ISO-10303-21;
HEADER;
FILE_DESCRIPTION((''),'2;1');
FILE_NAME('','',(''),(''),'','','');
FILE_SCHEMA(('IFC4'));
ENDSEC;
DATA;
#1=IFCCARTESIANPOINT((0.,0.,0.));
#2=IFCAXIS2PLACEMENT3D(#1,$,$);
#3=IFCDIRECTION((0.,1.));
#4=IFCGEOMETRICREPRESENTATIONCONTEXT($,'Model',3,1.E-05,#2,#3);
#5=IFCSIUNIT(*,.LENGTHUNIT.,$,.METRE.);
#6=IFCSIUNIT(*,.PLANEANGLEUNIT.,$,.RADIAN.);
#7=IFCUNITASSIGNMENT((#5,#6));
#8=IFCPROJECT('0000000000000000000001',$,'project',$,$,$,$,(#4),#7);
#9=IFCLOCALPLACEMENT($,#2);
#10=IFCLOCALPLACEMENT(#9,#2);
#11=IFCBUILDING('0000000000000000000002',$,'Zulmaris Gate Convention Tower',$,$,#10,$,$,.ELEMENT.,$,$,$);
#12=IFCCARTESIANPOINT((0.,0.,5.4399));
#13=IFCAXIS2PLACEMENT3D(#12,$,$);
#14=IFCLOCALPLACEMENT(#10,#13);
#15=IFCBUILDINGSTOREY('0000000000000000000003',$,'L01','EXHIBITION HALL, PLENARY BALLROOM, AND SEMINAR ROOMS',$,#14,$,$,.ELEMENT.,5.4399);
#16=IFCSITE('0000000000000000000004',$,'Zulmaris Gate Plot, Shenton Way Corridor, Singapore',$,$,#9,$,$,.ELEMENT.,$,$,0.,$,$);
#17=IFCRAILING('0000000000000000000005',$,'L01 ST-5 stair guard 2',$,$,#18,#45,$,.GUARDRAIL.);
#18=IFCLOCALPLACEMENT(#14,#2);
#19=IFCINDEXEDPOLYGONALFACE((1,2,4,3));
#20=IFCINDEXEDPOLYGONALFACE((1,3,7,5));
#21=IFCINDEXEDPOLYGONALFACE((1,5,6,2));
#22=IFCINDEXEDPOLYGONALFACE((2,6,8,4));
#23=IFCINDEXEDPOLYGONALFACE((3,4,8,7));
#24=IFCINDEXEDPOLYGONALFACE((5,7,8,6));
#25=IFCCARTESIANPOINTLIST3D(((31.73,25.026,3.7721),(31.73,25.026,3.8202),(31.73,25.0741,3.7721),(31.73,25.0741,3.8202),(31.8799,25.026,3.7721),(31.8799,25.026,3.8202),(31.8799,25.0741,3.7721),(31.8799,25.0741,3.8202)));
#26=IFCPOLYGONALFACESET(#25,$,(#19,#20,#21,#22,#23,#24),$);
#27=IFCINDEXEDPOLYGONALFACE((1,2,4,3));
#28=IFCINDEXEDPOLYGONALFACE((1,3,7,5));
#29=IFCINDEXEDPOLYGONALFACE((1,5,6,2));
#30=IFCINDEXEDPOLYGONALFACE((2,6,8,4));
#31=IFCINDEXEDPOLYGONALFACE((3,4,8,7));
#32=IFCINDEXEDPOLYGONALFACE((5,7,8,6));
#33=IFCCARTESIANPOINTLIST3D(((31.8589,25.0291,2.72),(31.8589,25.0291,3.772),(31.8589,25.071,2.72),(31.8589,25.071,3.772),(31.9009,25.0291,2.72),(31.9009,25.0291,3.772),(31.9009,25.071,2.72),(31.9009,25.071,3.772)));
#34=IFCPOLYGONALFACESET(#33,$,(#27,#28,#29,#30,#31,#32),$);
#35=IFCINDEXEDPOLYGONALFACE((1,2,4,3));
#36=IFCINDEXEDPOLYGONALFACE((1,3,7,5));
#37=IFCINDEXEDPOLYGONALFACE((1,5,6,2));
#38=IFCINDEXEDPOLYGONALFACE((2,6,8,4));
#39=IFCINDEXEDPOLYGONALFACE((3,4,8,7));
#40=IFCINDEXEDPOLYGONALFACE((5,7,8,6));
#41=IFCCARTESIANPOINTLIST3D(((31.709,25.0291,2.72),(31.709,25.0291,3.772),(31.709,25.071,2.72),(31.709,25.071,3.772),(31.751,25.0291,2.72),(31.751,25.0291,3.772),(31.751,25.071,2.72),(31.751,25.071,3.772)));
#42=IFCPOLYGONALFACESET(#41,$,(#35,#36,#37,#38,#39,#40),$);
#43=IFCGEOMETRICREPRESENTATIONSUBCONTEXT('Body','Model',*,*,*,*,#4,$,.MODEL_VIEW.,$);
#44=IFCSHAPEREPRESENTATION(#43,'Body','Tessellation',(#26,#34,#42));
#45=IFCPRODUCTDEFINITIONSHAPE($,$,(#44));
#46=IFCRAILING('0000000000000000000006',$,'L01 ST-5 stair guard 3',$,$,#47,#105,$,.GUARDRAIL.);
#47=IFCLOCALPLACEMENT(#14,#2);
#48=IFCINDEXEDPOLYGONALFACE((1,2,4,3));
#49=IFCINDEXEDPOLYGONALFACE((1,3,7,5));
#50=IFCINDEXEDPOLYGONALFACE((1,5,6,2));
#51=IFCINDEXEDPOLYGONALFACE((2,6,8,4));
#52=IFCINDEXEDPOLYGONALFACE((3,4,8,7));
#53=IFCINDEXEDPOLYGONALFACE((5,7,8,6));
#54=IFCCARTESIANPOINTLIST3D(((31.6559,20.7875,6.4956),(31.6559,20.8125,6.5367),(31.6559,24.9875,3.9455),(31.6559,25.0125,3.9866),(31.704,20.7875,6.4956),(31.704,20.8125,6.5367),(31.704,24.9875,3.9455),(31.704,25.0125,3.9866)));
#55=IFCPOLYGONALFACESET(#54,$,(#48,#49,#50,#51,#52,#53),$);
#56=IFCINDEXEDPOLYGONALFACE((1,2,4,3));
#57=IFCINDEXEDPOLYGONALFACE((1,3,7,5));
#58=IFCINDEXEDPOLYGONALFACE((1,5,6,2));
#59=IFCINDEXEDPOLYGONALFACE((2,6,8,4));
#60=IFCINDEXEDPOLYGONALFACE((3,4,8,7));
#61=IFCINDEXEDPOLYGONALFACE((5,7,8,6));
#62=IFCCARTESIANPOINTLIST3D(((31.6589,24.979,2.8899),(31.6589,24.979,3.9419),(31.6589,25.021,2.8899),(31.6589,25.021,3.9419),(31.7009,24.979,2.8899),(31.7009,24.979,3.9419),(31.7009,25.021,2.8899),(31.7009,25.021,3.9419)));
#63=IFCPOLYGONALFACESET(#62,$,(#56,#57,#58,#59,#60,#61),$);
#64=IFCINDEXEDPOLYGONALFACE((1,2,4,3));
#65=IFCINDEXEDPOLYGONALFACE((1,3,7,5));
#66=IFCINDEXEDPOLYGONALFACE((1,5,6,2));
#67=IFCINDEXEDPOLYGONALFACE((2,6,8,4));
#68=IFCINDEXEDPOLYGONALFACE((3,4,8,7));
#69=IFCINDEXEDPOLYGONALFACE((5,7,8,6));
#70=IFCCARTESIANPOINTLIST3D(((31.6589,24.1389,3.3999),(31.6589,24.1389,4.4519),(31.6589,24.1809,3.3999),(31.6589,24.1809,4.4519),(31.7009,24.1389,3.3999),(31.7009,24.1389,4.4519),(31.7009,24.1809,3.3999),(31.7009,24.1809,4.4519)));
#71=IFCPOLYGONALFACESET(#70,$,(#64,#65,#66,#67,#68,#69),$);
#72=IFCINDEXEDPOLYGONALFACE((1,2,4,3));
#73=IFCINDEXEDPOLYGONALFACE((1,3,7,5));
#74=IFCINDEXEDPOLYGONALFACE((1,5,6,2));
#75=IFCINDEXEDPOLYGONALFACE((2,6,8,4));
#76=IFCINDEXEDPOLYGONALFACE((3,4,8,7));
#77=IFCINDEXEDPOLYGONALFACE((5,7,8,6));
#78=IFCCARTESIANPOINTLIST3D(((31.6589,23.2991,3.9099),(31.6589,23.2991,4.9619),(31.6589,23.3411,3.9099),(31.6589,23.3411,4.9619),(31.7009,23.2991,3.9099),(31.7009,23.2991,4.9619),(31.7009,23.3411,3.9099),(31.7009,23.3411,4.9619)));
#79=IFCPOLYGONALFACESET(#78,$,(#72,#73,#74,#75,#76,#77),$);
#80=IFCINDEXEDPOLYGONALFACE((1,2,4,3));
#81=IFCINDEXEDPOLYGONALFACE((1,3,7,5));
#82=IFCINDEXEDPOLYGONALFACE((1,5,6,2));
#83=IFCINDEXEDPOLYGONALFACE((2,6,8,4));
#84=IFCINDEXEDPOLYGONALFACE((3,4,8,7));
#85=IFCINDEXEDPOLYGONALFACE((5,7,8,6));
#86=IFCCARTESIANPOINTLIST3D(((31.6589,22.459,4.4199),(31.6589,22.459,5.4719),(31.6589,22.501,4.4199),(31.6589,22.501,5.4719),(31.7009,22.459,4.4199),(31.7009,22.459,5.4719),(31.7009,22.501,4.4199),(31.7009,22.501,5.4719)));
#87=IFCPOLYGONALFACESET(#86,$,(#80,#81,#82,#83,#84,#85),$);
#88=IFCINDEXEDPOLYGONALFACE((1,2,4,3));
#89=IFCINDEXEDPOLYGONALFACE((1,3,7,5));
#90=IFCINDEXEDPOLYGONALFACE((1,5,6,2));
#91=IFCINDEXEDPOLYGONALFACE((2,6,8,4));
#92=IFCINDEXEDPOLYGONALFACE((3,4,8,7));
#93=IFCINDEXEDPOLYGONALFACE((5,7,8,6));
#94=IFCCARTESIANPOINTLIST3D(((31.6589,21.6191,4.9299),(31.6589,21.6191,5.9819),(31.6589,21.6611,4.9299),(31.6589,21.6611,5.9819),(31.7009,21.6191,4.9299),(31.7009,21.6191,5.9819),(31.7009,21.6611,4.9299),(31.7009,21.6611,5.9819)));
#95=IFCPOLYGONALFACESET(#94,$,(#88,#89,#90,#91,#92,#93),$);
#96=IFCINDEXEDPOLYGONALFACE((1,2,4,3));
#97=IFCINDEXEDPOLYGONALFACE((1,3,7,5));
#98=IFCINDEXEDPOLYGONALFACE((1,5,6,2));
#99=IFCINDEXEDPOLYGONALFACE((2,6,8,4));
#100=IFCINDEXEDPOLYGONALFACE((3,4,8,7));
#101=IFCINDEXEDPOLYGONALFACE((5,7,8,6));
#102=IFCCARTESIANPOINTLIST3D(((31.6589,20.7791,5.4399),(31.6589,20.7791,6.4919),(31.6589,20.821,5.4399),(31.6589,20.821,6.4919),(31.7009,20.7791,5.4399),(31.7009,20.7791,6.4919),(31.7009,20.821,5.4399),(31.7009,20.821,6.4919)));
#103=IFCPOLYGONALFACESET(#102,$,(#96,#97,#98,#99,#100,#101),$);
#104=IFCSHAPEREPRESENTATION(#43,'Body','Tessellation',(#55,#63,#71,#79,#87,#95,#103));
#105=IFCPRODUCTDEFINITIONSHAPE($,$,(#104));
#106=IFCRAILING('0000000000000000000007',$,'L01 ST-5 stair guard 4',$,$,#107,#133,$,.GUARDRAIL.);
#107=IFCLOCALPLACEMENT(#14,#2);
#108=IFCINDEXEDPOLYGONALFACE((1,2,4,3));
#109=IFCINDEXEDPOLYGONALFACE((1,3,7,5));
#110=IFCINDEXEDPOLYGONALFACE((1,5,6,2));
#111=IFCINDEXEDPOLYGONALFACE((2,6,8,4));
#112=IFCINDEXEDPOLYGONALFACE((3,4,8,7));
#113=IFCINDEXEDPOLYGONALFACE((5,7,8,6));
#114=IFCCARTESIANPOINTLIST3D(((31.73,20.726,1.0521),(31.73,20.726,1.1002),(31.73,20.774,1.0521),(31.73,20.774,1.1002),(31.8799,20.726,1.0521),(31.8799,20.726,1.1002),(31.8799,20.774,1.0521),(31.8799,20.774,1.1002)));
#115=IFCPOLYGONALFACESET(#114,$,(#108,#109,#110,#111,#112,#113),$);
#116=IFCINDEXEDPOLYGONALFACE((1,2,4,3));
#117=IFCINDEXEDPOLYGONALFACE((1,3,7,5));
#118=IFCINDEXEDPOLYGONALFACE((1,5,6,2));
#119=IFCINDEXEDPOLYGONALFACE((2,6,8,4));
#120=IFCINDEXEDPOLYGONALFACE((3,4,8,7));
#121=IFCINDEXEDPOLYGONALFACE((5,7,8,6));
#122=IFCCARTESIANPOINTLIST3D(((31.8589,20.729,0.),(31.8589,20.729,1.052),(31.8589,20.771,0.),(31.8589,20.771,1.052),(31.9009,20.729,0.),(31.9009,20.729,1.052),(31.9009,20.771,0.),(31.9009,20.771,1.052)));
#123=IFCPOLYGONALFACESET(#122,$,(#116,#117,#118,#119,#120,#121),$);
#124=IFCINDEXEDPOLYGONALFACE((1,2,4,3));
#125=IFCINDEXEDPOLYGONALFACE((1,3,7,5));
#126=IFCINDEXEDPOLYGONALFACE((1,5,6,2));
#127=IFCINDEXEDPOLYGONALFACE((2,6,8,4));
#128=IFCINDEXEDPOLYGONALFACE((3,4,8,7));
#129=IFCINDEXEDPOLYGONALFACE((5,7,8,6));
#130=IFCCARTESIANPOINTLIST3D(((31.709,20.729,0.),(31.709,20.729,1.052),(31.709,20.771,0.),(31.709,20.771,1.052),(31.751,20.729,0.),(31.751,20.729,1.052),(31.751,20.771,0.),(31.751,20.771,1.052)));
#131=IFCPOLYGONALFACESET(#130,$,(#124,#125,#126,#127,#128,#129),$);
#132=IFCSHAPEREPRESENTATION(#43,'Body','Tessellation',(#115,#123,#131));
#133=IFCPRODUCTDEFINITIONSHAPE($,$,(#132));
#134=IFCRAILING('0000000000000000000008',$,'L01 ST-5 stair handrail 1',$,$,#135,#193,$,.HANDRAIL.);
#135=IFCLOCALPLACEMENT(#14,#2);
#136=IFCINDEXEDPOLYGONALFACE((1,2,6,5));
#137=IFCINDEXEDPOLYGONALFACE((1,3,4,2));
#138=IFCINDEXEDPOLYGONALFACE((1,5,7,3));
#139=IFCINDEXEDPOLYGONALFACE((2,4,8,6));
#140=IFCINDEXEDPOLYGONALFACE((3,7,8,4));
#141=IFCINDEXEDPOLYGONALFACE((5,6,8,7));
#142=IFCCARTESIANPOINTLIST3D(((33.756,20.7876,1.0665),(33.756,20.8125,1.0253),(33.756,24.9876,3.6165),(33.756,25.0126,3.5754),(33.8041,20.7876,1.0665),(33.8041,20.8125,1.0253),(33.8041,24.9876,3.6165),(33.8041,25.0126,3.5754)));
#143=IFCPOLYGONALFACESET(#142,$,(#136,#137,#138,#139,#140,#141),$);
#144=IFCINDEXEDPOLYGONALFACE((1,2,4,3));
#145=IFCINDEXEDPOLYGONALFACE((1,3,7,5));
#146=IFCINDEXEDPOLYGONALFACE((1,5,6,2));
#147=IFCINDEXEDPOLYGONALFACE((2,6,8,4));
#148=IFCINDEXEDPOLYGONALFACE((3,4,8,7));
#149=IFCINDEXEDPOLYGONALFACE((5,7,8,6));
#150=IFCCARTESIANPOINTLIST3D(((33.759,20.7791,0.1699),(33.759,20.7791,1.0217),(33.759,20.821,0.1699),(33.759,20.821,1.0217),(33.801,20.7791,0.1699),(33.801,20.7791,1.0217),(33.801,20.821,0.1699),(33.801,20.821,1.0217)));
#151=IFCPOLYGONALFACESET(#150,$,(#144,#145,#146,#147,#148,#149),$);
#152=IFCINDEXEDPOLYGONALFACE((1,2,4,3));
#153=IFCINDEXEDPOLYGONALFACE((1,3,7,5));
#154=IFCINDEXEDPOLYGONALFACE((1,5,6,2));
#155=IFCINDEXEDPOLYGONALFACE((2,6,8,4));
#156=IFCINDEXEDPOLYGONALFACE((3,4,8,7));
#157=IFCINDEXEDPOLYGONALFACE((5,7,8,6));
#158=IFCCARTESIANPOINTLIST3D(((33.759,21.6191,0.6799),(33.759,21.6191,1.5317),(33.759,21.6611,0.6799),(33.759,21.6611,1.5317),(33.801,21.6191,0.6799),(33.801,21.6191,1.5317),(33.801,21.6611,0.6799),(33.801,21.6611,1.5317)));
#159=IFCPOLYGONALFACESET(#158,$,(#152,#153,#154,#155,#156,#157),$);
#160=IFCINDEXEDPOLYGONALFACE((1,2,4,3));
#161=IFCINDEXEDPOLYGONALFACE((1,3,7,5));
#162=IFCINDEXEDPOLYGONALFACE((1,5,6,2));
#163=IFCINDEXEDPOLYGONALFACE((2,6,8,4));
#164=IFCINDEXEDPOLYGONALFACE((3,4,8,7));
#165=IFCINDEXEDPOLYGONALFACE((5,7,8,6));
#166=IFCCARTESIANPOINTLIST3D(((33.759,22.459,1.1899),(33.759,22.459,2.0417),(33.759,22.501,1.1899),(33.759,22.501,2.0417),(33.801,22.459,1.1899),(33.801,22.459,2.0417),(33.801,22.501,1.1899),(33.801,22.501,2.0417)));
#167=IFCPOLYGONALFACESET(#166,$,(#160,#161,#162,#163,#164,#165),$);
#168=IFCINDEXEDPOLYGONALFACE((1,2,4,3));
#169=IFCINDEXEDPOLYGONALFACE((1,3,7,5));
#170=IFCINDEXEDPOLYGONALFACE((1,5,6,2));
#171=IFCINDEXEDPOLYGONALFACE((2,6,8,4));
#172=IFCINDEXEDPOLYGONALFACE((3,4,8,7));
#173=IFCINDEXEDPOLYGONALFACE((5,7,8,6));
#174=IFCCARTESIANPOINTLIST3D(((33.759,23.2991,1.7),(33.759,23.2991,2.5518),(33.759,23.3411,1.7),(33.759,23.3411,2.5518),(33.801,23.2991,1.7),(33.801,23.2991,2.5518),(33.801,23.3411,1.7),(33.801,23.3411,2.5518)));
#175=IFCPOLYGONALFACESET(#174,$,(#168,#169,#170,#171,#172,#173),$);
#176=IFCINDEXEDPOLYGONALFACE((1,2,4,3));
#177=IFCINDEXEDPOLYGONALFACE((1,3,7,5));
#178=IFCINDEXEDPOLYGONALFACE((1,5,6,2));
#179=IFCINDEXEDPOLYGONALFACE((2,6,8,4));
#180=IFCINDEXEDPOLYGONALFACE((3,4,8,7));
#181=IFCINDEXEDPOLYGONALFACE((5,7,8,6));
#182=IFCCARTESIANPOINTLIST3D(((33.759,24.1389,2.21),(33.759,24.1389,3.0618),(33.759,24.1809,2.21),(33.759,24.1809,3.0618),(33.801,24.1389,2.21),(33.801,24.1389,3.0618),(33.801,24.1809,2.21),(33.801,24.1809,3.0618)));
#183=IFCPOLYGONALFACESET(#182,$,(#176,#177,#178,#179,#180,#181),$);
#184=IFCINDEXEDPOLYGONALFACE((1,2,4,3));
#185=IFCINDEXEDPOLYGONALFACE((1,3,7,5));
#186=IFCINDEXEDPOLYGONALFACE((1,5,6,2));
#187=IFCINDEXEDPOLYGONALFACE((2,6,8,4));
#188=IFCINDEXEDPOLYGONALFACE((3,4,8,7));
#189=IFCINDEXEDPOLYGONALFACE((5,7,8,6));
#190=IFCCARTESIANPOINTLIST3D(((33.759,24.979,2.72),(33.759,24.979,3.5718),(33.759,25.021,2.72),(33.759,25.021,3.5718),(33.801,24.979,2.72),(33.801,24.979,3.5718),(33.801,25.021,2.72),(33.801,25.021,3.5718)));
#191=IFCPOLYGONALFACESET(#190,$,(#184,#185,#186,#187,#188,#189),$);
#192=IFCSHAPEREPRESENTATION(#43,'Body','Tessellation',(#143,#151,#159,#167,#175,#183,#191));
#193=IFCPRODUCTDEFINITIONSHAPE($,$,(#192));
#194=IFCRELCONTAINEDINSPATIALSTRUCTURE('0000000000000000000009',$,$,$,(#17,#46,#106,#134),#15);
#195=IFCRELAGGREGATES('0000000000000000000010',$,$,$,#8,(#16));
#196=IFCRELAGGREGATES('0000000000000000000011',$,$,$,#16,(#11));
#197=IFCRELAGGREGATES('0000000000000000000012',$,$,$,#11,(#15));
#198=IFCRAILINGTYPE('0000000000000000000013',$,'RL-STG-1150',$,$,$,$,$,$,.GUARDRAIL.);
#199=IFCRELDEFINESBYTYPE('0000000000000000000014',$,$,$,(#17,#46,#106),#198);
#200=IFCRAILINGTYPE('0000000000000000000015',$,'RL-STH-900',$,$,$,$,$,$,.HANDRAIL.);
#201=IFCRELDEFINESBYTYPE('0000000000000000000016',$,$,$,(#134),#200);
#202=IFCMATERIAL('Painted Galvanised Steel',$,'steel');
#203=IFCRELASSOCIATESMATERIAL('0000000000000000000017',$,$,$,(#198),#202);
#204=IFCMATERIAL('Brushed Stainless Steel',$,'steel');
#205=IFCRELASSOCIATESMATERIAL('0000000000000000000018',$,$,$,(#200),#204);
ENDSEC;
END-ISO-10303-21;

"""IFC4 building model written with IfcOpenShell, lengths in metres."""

from ifc_helpers import new_model, si_unit, direction, frame, origin, origin_2d, place, context, subcontext, project, spatial, rectangle, extrude, material, type_object, element, save


model = new_model("IFC4")

# Units and contexts
model_context = context("Model", 3, precision=1e-05, world=origin(), true_north=direction((0.0, 1.0)))
body_context = subcontext(model_context, "Body", "Model", "MODEL_VIEW")
ifc_project = project(units=[si_unit("LENGTHUNIT", "METRE"), si_unit("PLANEANGLEUNIT", "RADIAN")], contexts=[model_context])

# Site, building, storey
site_placement = place(None, origin())
site = spatial("IfcSite", under=ifc_project, at=site_placement, Name="Zulmaris Gate Plot, Shenton Way Corridor, Singapore", CompositionType="ELEMENT", RefElevation=0.0)
building_placement = place(site_placement, origin())
building = spatial("IfcBuilding", under=site, at=building_placement, Name="Zulmaris Gate Convention Tower", CompositionType="ELEMENT")
storey_placement = place(building_placement, frame((0.0, 0.0, 5.4399)))
storey = spatial("IfcBuildingStorey", under=building, at=storey_placement, Name="L01", Description="EXHIBITION HALL, PLENARY BALLROOM, AND SEMINAR ROOMS", CompositionType="ELEMENT", Elevation=5.4399)

# Railings
ifc_material_1 = material(Name="Painted Galvanised Steel", Category="steel")
railing_type_1 = type_object("IfcRailingType", Name="RL-STG-1150", PredefinedType="GUARDRAIL", material=ifc_material_1)
railing_1_placement = place(storey_placement, frame((31.8799, 25.05, 2.72)))
element("IfcRailing", 1, at=railing_1_placement, inside=storey, type_object=railing_type_1, Name="L01 ST-5 stair guard 2", PredefinedType="GUARDRAIL", context=body_context, shape_type="SweptSolid", body=[
    extrude(rectangle(XDim=0.0481, YDim=0.0481, at=origin_2d()), frame((0.0, 0.0, 1.0762), z_axis=(-1.0, 0.0, 0.0), x_axis=(0.0, -1.0, 0.0)), (0.0, 0.0, 1.0), 0.1499),
    extrude(rectangle(XDim=0.042, YDim=0.042, at=origin_2d()), origin(), (0.0, 0.0, 1.0), 1.052),
    extrude(rectangle(XDim=0.042, YDim=0.042, at=origin_2d()), frame((-0.1499, 0.0, 0.0)), (0.0, 0.0, 1.0), 1.052),
])
railing_2_placement = place(storey_placement, frame((31.6799, 25.0, 2.8899)))
element("IfcRailing", 2, at=railing_2_placement, inside=storey, type_object=railing_type_1, Name="L01 ST-5 stair guard 3", PredefinedType="GUARDRAIL", context=body_context, shape_type="SweptSolid", body=[
    extrude(rectangle(XDim=0.0481, YDim=0.0481, at=origin_2d()), frame((0.0, 0.0, 1.0762), z_axis=(0.0, -0.85478, 0.51899), x_axis=(1.0, 0.0, 0.0)), (0.0, 0.0, 1.0), 4.9136),
    extrude(rectangle(XDim=0.042, YDim=0.042, at=origin_2d()), origin(), (0.0, 0.0, 1.0), 1.052),
    extrude(rectangle(XDim=0.042, YDim=0.042, at=origin_2d()), frame((0.0, -0.8401, 0.51)), (0.0, 0.0, 1.0), 1.052),
    extrude(rectangle(XDim=0.042, YDim=0.042, at=origin_2d()), frame((0.0, -1.6799, 1.02)), (0.0, 0.0, 1.0), 1.052),
    extrude(rectangle(XDim=0.042, YDim=0.042, at=origin_2d()), frame((0.0, -2.52, 1.53)), (0.0, 0.0, 1.0), 1.052),
    extrude(rectangle(XDim=0.042, YDim=0.042, at=origin_2d()), frame((0.0, -3.3599, 2.04)), (0.0, 0.0, 1.0), 1.052),
    extrude(rectangle(XDim=0.042, YDim=0.042, at=origin_2d()), frame((0.0, -4.2, 2.55)), (0.0, 0.0, 1.0), 1.052),
])
railing_3_placement = place(storey_placement, frame((31.8799, 20.75, 0.0)))
element("IfcRailing", 3, at=railing_3_placement, inside=storey, type_object=railing_type_1, Name="L01 ST-5 stair guard 4", PredefinedType="GUARDRAIL", context=body_context, shape_type="SweptSolid", body=[
    extrude(rectangle(XDim=0.0481, YDim=0.0481, at=origin_2d()), frame((0.0, 0.0, 1.0762), z_axis=(-1.0, 0.0, 0.0), x_axis=(0.0, -1.0, 0.0)), (0.0, 0.0, 1.0), 0.1499),
    extrude(rectangle(XDim=0.042, YDim=0.042, at=origin_2d()), origin(), (0.0, 0.0, 1.0), 1.052),
    extrude(rectangle(XDim=0.042, YDim=0.042, at=origin_2d()), frame((-0.1499, 0.0, 0.0)), (0.0, 0.0, 1.0), 1.052),
])
ifc_material_2 = material(Name="Brushed Stainless Steel", Category="steel")
railing_type_2 = type_object("IfcRailingType", Name="RL-STH-900", PredefinedType="HANDRAIL", material=ifc_material_2)
railing_4_placement = place(storey_placement, frame((33.78, 20.8, 0.1699)))
element("IfcRailing", 4, at=railing_4_placement, inside=storey, type_object=railing_type_2, Name="L01 ST-5 stair handrail 1", PredefinedType="HANDRAIL", context=body_context, shape_type="SweptSolid", body=[
    extrude(rectangle(XDim=0.0481, YDim=0.0481, at=origin_2d()), frame((0.0, 0.0, 0.876), z_axis=(0.0, 0.85478, 0.51899), x_axis=(-1.0, 0.0, 0.0)), (0.0, 0.0, 1.0), 4.9136),
    extrude(rectangle(XDim=0.042, YDim=0.042, at=origin_2d()), origin(), (0.0, 0.0, 1.0), 0.8518),
    extrude(rectangle(XDim=0.042, YDim=0.042, at=origin_2d()), frame((0.0, 0.8401, 0.51)), (0.0, 0.0, 1.0), 0.8518),
    extrude(rectangle(XDim=0.042, YDim=0.042, at=origin_2d()), frame((0.0, 1.6799, 1.02)), (0.0, 0.0, 1.0), 0.8518),
    extrude(rectangle(XDim=0.042, YDim=0.042, at=origin_2d()), frame((0.0, 2.52, 1.53)), (0.0, 0.0, 1.0), 0.8518),
    extrude(rectangle(XDim=0.042, YDim=0.042, at=origin_2d()), frame((0.0, 3.3599, 2.04)), (0.0, 0.0, 1.0), 0.8518),
    extrude(rectangle(XDim=0.042, YDim=0.042, at=origin_2d()), frame((0.0, 4.2, 2.55)), (0.0, 0.0, 1.0), 0.8518),
])

save(model, "model.ifc")
